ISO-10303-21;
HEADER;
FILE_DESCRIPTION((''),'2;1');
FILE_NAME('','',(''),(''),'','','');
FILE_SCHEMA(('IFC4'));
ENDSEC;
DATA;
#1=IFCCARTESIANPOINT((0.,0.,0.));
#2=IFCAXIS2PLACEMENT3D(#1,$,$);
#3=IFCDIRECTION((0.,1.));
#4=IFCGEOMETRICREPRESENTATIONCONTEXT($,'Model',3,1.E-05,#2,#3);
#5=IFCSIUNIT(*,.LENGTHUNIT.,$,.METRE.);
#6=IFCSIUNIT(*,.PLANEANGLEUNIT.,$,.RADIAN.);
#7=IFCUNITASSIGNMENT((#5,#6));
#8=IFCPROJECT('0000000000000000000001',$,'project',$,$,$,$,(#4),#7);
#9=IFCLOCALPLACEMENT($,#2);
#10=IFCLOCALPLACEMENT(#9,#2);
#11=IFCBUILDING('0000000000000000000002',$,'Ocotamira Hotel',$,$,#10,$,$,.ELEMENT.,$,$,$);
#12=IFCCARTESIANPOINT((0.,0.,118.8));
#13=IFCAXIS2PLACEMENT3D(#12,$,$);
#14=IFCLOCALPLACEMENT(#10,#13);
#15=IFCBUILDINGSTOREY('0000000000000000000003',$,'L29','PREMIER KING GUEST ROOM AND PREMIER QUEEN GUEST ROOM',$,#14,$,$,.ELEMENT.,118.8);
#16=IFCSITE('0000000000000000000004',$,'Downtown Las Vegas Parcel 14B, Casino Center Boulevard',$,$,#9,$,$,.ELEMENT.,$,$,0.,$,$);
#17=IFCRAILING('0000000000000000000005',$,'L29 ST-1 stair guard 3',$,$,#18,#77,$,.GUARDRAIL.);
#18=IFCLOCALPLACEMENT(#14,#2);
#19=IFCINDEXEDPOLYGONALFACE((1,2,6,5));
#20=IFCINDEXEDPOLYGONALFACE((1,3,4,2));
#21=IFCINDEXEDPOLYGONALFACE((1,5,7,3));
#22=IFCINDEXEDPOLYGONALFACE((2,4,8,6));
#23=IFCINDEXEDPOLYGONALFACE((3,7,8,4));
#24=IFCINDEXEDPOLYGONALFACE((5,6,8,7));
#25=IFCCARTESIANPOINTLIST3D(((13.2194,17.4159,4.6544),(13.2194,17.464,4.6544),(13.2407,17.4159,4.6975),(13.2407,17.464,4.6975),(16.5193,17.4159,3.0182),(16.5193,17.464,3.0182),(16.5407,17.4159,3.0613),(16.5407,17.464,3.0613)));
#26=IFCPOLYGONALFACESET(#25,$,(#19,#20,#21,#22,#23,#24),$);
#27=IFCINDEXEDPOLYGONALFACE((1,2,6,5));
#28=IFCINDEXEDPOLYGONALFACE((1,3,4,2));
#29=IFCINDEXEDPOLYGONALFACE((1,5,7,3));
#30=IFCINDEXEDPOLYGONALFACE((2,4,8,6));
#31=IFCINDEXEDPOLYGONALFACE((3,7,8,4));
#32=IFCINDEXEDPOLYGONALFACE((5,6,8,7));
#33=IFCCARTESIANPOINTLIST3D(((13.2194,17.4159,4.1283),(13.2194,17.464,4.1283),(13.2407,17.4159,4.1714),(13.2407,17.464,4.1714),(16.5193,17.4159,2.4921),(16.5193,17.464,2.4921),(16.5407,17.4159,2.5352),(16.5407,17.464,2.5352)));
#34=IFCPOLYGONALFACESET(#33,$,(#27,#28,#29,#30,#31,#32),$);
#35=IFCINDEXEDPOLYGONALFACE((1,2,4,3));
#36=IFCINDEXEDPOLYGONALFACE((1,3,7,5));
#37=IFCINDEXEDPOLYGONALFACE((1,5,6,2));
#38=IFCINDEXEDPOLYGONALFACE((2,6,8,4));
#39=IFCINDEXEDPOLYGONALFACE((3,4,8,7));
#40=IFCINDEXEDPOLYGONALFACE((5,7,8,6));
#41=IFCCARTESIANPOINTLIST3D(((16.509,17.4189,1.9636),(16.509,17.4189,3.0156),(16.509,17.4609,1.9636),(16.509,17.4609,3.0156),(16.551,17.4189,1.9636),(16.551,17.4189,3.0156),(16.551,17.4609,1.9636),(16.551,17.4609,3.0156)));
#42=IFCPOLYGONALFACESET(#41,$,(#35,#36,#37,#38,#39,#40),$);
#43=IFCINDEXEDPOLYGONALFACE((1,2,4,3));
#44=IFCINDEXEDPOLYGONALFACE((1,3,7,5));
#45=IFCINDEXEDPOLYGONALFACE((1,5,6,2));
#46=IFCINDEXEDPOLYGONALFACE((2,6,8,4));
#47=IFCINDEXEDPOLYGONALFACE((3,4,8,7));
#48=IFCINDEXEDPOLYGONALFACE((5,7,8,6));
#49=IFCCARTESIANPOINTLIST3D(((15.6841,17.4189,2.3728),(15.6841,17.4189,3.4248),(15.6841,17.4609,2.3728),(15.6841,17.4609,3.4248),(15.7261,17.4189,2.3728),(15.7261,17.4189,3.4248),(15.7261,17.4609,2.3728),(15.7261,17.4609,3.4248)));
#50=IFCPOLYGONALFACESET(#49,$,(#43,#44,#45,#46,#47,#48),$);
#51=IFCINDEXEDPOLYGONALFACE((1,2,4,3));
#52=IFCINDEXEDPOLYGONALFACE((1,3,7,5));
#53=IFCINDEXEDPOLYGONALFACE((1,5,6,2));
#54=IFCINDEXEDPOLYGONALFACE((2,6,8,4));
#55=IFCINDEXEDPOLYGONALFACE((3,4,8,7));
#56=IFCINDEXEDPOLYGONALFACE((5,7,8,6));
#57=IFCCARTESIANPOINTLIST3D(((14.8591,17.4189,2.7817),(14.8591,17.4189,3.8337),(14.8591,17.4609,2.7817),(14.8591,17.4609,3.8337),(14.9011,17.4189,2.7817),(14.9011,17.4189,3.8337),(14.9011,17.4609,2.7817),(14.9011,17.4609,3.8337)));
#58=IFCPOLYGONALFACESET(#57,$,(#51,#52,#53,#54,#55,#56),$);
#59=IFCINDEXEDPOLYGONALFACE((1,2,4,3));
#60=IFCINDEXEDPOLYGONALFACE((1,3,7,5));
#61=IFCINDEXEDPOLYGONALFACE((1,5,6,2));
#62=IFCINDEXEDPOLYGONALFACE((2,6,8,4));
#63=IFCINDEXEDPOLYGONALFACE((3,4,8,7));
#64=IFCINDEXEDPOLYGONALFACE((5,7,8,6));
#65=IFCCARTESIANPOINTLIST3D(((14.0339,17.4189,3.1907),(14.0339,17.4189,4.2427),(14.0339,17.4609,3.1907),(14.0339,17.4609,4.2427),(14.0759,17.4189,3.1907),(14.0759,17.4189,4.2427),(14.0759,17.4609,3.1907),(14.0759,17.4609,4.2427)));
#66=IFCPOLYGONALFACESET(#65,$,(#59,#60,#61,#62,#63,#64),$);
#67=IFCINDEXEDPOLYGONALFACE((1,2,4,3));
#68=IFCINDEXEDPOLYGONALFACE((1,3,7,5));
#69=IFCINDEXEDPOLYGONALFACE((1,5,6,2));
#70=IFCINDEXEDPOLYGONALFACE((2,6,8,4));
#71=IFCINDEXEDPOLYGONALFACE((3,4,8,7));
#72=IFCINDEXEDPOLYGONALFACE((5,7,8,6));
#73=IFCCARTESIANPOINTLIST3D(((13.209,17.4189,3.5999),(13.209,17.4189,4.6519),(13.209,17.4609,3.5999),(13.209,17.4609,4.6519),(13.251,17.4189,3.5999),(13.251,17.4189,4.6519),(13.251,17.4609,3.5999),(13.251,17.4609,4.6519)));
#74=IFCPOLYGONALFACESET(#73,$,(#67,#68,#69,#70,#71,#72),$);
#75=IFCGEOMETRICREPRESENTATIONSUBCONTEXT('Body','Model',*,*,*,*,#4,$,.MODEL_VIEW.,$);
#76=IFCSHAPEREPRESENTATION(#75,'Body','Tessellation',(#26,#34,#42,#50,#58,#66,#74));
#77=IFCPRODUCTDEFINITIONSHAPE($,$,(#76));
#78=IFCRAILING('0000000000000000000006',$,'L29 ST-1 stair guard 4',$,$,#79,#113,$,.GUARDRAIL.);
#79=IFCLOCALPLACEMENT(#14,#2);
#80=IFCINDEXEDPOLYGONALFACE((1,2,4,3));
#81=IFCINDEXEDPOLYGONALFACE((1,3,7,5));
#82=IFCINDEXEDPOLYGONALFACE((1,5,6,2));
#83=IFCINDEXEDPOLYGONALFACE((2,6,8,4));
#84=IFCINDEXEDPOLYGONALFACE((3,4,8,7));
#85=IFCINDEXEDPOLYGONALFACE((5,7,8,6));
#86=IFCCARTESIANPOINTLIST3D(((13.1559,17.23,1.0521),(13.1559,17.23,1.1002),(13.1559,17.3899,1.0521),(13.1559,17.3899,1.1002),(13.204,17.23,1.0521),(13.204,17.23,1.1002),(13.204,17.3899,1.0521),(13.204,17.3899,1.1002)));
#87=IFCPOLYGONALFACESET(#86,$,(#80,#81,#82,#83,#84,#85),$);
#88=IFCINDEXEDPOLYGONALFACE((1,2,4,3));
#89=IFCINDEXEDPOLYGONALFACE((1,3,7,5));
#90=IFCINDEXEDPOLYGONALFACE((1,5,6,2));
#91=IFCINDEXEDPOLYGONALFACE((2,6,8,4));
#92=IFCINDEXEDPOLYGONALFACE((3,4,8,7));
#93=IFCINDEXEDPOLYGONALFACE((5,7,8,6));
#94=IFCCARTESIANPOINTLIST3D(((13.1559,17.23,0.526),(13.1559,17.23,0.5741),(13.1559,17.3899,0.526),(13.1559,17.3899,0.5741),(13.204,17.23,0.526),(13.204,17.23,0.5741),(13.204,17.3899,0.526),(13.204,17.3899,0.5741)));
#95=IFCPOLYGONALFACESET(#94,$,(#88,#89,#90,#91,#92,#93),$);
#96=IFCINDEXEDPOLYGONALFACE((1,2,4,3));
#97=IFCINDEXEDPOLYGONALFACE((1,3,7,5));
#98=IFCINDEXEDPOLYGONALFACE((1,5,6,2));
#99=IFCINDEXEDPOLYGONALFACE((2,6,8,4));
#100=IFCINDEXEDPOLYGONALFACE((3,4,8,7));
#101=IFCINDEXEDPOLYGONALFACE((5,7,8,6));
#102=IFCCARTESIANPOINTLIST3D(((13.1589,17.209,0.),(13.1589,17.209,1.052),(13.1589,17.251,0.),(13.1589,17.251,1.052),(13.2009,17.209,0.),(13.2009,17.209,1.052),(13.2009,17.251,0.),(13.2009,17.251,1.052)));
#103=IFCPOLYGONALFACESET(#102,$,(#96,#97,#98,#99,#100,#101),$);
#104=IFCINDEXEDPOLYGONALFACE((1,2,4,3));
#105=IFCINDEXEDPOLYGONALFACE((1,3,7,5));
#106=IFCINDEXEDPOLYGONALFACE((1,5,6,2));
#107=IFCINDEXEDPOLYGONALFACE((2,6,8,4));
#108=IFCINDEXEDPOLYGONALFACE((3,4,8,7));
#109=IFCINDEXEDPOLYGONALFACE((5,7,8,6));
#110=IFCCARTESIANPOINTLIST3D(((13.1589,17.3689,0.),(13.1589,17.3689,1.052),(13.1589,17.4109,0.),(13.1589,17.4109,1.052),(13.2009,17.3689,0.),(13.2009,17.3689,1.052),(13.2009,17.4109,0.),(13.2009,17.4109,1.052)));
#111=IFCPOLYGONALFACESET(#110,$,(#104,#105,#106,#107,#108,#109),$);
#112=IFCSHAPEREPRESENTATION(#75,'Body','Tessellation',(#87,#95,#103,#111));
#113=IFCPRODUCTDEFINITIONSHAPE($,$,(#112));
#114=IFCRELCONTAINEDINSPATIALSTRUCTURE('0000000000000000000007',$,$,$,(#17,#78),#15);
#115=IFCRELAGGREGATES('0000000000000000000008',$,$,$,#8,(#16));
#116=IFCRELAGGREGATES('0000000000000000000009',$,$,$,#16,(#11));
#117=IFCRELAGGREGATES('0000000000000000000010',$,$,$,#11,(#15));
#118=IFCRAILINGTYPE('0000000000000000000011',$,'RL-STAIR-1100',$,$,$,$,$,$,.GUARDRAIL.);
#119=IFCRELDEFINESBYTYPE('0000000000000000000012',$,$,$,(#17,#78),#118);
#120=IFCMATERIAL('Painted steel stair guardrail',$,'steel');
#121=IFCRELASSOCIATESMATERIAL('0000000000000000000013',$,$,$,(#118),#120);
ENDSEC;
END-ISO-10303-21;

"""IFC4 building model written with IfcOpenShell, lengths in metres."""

from ifc_helpers import new_model, si_unit, direction, frame, origin, origin_2d, place, context, subcontext, project, spatial, rectangle, extrude, material, type_object, element, save


model = new_model("IFC4")

# Units and contexts
model_context = context("Model", 3, precision=1e-05, world=origin(), true_north=direction((0.0, 1.0)))
body_context = subcontext(model_context, "Body", "Model", "MODEL_VIEW")
ifc_project = project(units=[si_unit("LENGTHUNIT", "METRE"), si_unit("PLANEANGLEUNIT", "RADIAN")], contexts=[model_context])

# Site, building, storey
site_placement = place(None, origin())
site = spatial("IfcSite", under=ifc_project, at=site_placement, Name="Downtown Las Vegas Parcel 14B, Casino Center Boulevard", CompositionType="ELEMENT", RefElevation=0.0)
building_placement = place(site_placement, origin())
building = spatial("IfcBuilding", under=site, at=building_placement, Name="Ocotamira Hotel", CompositionType="ELEMENT")
storey_placement = place(building_placement, frame((0.0, 0.0, 118.8)))
storey = spatial("IfcBuildingStorey", under=building, at=storey_placement, Name="L29", Description="PREMIER KING GUEST ROOM AND PREMIER QUEEN GUEST ROOM", CompositionType="ELEMENT", Elevation=118.8)

# Railings
ifc_material_1 = material(Name="Painted steel stair guardrail", Category="steel")
railing_type_1 = type_object("IfcRailingType", Name="RL-STAIR-1100", PredefinedType="GUARDRAIL", material=ifc_material_1)
railing_1_placement = place(storey_placement, frame((16.53, 17.4399, 1.9636)))
element("IfcRailing", 1, at=railing_1_placement, inside=storey, type_object=railing_type_1, Name="L29 ST-1 stair guard 3", PredefinedType="GUARDRAIL", context=body_context, shape_type="SweptSolid", body=[
    extrude(rectangle(XDim=0.0481, YDim=0.0481, at=origin_2d()), frame((0.0, 0.0, 1.0762), z_axis=(-0.89592, 0.0, 0.444215), x_axis=(0.0, -1.0, 0.0)), (0.0, 0.0, 1.0), 3.6833),
    extrude(rectangle(XDim=0.0481, YDim=0.0481, at=origin_2d()), frame((0.0, 0.0, 0.55), z_axis=(-0.89592, 0.0, 0.444215), x_axis=(0.0, -1.0, 0.0)), (0.0, 0.0, 1.0), 3.6833),
    extrude(rectangle(XDim=0.042, YDim=0.042, at=origin_2d()), origin(), (0.0, 0.0, 1.0), 1.052),
    extrude(rectangle(XDim=0.042, YDim=0.042, at=origin_2d()), frame((-0.825, 0.0, 0.4092)), (0.0, 0.0, 1.0), 1.052),
    extrude(rectangle(XDim=0.042, YDim=0.042, at=origin_2d()), frame((-1.6499, 0.0, 0.8181)), (0.0, 0.0, 1.0), 1.052),
    extrude(rectangle(XDim=0.042, YDim=0.042, at=origin_2d()), frame((-2.4751, 0.0, 1.2271)), (0.0, 0.0, 1.0), 1.052),
    extrude(rectangle(XDim=0.042, YDim=0.042, at=origin_2d()), frame((-3.3, 0.0, 1.6362)), (0.0, 0.0, 1.0), 1.052),
])
railing_2_placement = place(storey_placement, frame((13.1799, 17.23, 0.0)))
element("IfcRailing", 2, at=railing_2_placement, inside=storey, type_object=railing_type_1, Name="L29 ST-1 stair guard 4", PredefinedType="GUARDRAIL", context=body_context, shape_type="SweptSolid", body=[
    extrude(rectangle(XDim=0.0481, YDim=0.0481, at=origin_2d()), frame((0.0, 0.0, 1.0762), z_axis=(0.0, 1.0, 0.0), x_axis=(-1.0, 0.0, 0.0)), (0.0, 0.0, 1.0), 0.1599),
    extrude(rectangle(XDim=0.0481, YDim=0.0481, at=origin_2d()), frame((0.0, 0.0, 0.55), z_axis=(0.0, 1.0, 0.0), x_axis=(-1.0, 0.0, 0.0)), (0.0, 0.0, 1.0), 0.1599),
    extrude(rectangle(XDim=0.042, YDim=0.042, at=origin_2d()), origin(), (0.0, 0.0, 1.0), 1.052),
    extrude(rectangle(XDim=0.042, YDim=0.042, at=origin_2d()), frame((0.0, 0.1599, 0.0)), (0.0, 0.0, 1.0), 1.052),
])

save(model, "model.ifc")
